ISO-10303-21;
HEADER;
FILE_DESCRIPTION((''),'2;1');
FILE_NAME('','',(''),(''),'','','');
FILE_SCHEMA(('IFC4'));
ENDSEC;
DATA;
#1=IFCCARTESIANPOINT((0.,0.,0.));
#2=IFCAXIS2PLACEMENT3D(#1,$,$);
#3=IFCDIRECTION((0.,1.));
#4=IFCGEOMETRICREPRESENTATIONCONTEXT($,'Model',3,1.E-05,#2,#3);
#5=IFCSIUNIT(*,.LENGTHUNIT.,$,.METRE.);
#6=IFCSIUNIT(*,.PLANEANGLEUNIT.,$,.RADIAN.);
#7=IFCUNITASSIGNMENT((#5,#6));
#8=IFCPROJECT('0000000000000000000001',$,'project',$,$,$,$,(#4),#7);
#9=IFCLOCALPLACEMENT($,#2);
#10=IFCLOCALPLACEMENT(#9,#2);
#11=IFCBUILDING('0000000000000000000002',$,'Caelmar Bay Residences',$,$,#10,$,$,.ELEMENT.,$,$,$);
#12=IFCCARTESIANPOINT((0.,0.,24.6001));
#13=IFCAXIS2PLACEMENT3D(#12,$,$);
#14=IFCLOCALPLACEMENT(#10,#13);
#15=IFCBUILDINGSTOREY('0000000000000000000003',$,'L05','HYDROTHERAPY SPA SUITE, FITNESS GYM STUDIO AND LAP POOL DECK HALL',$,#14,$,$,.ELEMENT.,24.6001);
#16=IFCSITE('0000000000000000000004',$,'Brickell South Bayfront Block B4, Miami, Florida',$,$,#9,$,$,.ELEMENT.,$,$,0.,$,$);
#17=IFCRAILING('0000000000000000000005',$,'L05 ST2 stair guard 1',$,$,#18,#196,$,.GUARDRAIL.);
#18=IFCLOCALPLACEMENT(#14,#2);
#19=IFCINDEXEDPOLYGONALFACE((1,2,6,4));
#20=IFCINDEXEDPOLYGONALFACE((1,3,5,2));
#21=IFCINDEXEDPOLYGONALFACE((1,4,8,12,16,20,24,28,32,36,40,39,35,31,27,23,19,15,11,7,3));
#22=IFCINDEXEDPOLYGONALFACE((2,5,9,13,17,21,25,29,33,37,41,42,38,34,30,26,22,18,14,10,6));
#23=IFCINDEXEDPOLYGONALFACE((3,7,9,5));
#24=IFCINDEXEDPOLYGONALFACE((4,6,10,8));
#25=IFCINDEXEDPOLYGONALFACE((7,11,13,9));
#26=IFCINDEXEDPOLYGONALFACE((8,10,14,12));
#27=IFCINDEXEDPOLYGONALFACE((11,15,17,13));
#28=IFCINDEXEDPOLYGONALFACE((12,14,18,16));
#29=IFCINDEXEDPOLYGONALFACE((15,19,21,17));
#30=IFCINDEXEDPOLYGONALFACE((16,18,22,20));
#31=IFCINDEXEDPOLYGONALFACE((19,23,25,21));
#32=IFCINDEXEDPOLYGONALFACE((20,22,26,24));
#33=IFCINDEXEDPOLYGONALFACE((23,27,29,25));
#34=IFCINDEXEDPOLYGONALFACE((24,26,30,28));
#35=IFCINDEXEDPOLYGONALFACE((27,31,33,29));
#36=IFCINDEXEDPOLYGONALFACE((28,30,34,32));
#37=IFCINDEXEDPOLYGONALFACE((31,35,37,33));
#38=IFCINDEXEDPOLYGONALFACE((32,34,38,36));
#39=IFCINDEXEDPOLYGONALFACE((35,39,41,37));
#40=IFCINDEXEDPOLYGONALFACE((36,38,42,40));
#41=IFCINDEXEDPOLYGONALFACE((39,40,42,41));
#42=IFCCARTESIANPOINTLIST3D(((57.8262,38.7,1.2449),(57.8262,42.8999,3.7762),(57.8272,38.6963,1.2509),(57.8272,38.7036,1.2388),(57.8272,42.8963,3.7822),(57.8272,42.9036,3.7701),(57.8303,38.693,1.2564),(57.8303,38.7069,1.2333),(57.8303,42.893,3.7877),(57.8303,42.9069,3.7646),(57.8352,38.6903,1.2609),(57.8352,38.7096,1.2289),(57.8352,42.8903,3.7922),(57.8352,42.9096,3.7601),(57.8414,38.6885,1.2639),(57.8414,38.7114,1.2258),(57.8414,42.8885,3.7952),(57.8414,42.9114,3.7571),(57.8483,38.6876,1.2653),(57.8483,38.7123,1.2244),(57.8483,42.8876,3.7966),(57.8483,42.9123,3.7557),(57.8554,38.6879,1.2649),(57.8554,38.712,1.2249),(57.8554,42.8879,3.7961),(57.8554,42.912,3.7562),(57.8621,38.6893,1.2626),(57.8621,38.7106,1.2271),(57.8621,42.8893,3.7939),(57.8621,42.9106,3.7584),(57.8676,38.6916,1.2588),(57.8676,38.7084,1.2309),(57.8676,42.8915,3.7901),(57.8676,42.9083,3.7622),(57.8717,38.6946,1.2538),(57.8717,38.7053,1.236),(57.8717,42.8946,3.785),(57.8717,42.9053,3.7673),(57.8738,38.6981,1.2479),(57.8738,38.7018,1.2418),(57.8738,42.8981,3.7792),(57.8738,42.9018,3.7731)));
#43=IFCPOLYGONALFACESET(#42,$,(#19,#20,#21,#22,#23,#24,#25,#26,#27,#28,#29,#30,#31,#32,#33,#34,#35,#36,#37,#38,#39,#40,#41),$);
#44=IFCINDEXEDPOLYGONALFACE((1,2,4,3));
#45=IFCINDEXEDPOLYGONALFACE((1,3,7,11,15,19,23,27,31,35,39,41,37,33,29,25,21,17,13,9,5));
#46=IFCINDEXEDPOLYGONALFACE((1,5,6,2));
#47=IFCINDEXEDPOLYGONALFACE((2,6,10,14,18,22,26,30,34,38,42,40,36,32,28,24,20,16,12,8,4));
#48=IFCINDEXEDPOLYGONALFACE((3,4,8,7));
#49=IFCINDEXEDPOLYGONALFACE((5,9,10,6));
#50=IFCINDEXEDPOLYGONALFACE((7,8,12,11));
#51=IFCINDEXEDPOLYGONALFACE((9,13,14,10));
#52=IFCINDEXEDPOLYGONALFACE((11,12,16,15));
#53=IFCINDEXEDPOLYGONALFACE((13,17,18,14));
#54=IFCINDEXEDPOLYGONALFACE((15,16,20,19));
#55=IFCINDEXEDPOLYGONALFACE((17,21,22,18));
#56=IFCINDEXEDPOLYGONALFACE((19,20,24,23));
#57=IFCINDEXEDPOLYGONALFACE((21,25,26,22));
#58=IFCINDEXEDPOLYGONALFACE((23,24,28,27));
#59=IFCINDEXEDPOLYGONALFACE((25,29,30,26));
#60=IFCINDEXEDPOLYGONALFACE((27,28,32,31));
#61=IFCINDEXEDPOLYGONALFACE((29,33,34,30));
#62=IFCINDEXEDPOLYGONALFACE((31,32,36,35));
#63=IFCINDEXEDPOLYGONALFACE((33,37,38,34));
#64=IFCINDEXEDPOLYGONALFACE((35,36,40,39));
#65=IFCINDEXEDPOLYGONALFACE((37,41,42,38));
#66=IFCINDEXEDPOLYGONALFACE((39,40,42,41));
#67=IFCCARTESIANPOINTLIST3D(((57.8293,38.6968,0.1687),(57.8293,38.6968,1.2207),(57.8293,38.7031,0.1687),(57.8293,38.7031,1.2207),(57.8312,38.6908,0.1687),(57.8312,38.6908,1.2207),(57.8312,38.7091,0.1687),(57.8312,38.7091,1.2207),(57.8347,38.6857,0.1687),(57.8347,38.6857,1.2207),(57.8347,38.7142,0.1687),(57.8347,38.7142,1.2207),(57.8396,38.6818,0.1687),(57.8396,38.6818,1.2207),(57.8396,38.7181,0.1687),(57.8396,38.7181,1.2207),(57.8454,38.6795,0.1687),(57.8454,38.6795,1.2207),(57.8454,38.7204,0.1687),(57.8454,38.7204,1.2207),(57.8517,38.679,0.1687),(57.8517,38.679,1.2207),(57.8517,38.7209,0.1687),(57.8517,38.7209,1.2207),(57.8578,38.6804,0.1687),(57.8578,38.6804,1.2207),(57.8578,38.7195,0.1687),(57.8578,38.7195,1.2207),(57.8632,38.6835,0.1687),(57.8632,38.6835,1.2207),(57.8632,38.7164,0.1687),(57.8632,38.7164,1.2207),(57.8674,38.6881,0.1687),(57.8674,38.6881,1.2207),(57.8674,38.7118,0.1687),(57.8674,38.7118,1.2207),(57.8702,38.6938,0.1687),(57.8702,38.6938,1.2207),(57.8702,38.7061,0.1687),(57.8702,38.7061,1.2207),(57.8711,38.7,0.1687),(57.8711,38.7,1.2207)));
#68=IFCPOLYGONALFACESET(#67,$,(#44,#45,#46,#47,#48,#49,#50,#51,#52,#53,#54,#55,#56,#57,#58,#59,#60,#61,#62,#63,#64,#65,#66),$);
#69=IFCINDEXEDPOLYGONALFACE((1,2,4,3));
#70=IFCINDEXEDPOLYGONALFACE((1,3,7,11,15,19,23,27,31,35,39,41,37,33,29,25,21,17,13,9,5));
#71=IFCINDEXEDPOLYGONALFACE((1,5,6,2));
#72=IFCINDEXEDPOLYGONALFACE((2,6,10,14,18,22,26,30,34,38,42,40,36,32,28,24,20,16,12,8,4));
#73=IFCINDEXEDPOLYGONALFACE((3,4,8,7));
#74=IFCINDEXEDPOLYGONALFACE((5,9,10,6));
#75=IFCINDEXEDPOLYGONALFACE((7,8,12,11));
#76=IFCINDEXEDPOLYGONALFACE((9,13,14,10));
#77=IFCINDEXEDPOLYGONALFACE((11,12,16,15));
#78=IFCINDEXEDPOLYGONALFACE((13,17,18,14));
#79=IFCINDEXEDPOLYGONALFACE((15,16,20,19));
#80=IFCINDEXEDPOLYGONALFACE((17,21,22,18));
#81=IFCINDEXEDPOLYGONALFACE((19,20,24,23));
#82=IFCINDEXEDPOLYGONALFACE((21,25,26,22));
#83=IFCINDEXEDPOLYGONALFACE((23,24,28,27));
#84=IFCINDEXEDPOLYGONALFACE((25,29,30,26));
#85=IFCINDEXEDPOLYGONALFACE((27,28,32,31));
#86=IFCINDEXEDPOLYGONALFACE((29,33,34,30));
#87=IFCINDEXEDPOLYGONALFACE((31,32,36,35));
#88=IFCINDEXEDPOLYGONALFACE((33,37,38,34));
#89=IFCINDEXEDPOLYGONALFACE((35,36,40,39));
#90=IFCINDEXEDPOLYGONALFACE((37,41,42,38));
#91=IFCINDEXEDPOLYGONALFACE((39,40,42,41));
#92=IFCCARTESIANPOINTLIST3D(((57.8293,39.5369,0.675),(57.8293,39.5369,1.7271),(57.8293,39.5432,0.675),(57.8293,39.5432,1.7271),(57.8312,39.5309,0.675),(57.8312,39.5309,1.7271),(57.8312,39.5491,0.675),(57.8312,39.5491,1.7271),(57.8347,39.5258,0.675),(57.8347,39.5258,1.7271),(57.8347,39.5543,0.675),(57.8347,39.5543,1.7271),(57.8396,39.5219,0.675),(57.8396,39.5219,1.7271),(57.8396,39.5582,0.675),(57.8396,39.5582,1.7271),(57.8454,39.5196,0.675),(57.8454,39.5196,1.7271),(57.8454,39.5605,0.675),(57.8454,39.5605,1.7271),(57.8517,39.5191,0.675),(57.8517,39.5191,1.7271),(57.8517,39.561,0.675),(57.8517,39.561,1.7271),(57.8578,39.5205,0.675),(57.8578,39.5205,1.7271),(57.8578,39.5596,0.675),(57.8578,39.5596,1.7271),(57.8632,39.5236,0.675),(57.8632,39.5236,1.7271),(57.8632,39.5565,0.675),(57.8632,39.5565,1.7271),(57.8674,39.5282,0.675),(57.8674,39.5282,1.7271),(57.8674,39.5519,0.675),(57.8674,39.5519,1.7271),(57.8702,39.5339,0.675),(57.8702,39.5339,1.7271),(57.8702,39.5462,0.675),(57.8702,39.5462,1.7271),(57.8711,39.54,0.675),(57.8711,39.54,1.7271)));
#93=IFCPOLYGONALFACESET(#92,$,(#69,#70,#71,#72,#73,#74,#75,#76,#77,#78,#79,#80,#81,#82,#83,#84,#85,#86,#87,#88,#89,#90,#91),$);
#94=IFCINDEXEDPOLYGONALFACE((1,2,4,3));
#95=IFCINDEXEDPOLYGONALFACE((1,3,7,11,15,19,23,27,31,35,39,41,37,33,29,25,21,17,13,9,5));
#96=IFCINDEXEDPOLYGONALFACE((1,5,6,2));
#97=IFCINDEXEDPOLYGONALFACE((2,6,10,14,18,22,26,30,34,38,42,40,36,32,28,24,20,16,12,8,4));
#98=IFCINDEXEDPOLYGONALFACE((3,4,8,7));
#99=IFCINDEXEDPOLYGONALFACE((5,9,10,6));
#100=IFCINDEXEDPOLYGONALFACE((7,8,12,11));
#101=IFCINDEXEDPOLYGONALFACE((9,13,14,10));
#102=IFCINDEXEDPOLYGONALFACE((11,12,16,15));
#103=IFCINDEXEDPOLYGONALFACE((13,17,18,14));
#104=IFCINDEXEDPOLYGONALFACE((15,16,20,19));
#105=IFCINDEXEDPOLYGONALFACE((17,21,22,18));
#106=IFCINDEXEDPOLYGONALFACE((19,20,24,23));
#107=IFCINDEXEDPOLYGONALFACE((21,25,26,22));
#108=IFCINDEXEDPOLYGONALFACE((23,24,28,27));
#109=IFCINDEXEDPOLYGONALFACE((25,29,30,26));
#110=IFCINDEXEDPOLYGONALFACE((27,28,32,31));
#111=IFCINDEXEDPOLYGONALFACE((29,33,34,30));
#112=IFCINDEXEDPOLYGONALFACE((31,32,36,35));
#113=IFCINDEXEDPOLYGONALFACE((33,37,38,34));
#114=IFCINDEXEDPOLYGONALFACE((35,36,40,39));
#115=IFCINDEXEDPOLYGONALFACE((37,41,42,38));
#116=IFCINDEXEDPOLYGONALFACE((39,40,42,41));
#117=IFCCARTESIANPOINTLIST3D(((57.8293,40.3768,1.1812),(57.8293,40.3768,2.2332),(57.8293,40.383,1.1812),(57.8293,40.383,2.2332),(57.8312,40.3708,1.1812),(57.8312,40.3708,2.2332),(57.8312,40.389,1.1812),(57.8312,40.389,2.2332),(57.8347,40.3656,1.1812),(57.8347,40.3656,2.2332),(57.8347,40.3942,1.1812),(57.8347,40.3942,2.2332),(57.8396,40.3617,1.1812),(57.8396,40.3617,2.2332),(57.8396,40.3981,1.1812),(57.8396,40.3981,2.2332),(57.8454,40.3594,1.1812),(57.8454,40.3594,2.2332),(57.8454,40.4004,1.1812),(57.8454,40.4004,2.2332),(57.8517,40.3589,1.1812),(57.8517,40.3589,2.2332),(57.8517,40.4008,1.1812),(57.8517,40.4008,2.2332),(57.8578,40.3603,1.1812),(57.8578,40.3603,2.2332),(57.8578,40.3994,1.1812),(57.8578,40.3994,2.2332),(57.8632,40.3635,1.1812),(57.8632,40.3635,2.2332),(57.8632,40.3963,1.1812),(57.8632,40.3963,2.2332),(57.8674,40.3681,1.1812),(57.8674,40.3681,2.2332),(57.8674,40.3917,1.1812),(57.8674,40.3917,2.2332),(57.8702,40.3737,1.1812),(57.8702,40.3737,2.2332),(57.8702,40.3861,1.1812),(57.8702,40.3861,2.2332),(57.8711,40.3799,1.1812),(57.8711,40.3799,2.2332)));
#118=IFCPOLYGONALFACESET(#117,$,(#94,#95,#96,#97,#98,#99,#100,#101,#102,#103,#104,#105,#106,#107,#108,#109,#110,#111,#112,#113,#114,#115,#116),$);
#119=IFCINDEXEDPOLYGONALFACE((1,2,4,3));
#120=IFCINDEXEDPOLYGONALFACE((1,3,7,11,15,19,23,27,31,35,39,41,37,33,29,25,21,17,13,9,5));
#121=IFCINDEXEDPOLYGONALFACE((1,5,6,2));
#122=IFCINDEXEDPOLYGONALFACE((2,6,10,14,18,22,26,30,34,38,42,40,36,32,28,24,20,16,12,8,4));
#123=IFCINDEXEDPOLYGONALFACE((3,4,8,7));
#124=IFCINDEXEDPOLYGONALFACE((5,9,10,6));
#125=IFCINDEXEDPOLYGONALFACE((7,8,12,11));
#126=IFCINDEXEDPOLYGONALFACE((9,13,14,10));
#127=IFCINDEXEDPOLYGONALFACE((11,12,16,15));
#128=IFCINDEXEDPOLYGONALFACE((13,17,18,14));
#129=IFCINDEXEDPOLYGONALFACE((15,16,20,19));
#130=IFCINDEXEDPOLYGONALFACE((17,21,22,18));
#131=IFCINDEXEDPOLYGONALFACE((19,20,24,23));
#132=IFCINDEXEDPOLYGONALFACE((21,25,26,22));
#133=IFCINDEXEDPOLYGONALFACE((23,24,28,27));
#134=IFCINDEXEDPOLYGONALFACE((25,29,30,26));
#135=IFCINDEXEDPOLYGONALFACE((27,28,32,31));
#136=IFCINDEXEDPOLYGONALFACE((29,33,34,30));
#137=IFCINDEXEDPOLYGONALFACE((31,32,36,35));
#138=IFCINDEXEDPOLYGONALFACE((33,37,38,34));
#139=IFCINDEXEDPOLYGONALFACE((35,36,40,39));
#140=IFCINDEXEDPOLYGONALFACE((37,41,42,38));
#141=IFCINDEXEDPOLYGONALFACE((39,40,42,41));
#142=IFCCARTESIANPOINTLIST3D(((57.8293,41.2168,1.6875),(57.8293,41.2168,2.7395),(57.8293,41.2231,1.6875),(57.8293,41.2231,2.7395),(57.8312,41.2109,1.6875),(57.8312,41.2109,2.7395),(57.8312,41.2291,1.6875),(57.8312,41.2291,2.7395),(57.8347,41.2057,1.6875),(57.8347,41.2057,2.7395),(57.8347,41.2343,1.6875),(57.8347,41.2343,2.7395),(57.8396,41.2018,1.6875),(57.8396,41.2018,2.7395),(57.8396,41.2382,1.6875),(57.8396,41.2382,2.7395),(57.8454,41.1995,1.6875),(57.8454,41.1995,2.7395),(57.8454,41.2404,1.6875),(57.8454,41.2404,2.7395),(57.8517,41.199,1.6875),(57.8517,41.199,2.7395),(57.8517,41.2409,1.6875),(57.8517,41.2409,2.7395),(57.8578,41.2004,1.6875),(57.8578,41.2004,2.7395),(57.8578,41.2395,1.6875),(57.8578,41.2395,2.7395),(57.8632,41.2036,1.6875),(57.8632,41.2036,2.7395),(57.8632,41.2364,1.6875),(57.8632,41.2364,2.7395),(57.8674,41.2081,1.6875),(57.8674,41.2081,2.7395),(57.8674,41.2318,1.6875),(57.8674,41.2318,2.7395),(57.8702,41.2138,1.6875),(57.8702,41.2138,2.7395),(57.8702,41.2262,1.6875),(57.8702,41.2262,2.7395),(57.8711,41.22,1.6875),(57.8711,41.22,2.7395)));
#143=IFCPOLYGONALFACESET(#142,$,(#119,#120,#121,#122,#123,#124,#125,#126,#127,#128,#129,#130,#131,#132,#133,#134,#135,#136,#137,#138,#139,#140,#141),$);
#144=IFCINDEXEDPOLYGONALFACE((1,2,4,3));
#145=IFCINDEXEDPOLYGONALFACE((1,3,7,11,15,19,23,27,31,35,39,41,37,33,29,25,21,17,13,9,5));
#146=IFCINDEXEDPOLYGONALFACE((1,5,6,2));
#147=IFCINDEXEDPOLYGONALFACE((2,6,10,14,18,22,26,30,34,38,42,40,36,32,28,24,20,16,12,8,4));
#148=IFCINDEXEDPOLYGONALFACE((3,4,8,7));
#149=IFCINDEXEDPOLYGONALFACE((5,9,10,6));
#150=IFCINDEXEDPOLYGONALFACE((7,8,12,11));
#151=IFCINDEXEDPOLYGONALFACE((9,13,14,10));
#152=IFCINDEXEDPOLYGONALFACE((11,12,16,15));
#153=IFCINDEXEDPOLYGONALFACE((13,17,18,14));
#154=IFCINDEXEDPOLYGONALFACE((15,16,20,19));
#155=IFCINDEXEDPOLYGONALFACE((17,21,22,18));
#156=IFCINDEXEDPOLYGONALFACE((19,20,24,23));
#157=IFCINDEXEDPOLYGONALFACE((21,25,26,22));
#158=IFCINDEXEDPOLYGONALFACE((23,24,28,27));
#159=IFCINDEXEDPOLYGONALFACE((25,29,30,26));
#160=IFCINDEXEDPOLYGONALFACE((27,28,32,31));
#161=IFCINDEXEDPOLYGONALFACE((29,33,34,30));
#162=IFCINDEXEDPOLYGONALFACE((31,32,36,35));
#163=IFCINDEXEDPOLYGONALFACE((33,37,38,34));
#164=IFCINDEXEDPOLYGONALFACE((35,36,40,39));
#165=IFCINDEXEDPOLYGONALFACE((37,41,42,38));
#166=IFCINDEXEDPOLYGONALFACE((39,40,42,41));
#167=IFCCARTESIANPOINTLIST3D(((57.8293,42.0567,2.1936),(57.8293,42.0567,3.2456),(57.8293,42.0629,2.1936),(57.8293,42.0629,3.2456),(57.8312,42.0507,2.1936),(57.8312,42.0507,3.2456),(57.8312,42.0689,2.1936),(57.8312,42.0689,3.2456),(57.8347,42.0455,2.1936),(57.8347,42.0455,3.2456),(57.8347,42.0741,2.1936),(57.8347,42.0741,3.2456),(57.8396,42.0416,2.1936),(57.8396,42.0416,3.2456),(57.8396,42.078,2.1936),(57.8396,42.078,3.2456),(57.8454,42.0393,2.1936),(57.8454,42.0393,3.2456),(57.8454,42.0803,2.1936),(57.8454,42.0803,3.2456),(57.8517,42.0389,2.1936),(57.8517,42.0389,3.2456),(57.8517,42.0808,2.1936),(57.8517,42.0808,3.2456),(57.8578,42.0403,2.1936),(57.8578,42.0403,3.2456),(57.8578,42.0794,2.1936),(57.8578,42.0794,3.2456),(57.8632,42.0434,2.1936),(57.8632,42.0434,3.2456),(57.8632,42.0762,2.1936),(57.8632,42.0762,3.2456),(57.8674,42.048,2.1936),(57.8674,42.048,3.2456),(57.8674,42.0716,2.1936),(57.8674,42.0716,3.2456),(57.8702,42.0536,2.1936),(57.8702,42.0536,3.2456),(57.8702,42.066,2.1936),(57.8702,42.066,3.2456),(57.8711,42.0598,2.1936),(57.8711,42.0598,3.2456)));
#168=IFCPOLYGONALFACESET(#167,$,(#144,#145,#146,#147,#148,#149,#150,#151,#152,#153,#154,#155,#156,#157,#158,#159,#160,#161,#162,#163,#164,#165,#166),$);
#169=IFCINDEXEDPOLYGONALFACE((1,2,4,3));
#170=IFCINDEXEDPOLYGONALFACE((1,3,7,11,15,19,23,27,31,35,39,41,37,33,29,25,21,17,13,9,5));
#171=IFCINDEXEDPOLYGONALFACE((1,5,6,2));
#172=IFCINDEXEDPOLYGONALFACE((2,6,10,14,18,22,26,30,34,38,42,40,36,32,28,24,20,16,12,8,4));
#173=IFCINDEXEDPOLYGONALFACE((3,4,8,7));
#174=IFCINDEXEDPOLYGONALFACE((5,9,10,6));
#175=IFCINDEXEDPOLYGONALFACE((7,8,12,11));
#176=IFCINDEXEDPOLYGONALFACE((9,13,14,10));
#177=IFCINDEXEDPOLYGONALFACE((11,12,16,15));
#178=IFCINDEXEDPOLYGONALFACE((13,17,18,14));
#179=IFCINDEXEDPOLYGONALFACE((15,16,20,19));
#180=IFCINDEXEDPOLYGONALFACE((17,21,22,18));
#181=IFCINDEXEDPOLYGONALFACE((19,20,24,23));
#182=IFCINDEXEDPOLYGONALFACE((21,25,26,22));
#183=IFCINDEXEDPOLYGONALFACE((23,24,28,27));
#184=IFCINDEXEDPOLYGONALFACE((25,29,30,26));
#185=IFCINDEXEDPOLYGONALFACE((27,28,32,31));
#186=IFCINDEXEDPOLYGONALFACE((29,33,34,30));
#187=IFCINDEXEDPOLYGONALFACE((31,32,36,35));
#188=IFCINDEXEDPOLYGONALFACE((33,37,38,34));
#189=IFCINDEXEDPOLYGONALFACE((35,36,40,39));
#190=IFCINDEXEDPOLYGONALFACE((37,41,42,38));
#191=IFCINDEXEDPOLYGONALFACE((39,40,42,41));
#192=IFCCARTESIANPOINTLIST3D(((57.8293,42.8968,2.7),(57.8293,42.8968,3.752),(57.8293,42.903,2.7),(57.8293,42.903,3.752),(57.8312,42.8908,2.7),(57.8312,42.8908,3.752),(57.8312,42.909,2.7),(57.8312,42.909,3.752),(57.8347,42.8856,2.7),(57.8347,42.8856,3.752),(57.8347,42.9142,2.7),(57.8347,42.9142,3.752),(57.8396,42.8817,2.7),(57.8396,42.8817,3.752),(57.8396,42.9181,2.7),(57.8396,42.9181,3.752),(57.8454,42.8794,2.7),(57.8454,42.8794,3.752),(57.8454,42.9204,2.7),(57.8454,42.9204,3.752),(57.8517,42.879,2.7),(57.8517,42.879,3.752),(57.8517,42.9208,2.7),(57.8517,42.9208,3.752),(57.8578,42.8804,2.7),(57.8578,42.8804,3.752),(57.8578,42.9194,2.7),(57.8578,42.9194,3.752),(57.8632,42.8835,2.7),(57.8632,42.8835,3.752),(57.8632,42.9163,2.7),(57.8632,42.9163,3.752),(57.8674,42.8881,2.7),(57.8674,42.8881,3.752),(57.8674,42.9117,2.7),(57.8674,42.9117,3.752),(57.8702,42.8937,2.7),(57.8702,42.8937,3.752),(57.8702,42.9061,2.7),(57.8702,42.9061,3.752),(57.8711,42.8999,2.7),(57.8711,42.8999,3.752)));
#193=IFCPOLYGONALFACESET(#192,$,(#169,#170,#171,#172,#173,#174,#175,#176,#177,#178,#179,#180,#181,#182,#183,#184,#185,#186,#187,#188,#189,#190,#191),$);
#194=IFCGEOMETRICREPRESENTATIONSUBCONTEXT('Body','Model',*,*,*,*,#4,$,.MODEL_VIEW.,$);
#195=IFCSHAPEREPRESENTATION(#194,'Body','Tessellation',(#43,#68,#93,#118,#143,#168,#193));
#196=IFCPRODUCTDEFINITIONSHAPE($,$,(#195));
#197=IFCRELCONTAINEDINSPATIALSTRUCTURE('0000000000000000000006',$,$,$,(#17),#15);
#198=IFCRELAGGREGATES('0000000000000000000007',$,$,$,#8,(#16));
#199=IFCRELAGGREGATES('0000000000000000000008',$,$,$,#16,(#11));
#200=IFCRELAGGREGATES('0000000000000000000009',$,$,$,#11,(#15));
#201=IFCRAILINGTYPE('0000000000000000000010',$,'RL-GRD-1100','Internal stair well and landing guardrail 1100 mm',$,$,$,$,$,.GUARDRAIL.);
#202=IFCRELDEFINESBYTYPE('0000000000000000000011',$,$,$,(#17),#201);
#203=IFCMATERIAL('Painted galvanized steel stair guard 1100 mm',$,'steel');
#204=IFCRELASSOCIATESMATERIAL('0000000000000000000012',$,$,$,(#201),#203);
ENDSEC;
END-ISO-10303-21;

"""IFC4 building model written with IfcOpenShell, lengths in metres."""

from ifc_helpers import new_model, si_unit, direction, frame, origin, origin_2d, place, context, subcontext, project, spatial, circle, extrude, material, type_object, element, save


model = new_model("IFC4")

# Units and contexts
model_context = context("Model", 3, precision=1e-05, world=origin(), true_north=direction((0.0, 1.0)))
body_context = subcontext(model_context, "Body", "Model", "MODEL_VIEW")
ifc_project = project(units=[si_unit("LENGTHUNIT", "METRE"), si_unit("PLANEANGLEUNIT", "RADIAN")], contexts=[model_context])

# Site, building, storey
site_placement = place(None, origin())
site = spatial("IfcSite", under=ifc_project, at=site_placement, Name="Brickell South Bayfront Block B4, Miami, Florida", CompositionType="ELEMENT", RefElevation=0.0)
building_placement = place(site_placement, origin())
building = spatial("IfcBuilding", under=site, at=building_placement, Name="Caelmar Bay Residences", CompositionType="ELEMENT")
storey_placement = place(building_placement, frame((0.0, 0.0, 24.6001)))
storey = spatial("IfcBuildingStorey", under=building, at=storey_placement, Name="L05", Description="HYDROTHERAPY SPA SUITE, FITNESS GYM STUDIO AND LAP POOL DECK HALL", CompositionType="ELEMENT", Elevation=24.6001)

# Railing
ifc_material_1 = material(Name="Painted galvanized steel stair guard 1100 mm", Category="steel")
railing_type_1 = type_object("IfcRailingType", Name="RL-GRD-1100", Description="Internal stair well and landing guardrail 1100 mm", PredefinedType="GUARDRAIL", material=ifc_material_1)
railing_1_placement = place(storey_placement, frame((57.8501, 38.7, 0.1687)))
element("IfcRailing", 1, at=railing_1_placement, inside=storey, type_object=railing_type_1, Name="L05 ST2 stair guard 1", PredefinedType="GUARDRAIL", context=body_context, shape_type="SweptSolid", body=[
    extrude(circle(Radius=0.0239, at=origin_2d()), frame((0.0, 0.0, 1.0762), z_axis=(0.0, 0.856476, 0.516186), x_axis=(-1.0, 0.0, 0.0)), (0.0, 0.0, 1.0), 4.9038),
    extrude(circle(Radius=0.021, at=origin_2d()), origin(), (0.0, 0.0, 1.0), 1.052),
    extrude(circle(Radius=0.021, at=origin_2d()), frame((0.0, 0.8401, 0.5063)), (0.0, 0.0, 1.0), 1.052),
    extrude(circle(Radius=0.021, at=origin_2d()), frame((0.0, 1.6799, 1.0125)), (0.0, 0.0, 1.0), 1.052),
    extrude(circle(Radius=0.021, at=origin_2d()), frame((0.0, 2.52, 1.5188)), (0.0, 0.0, 1.0), 1.052),
    extrude(circle(Radius=0.021, at=origin_2d()), frame((0.0, 3.3599, 2.0249)), (0.0, 0.0, 1.0), 1.052),
    extrude(circle(Radius=0.021, at=origin_2d()), frame((0.0, 4.2, 2.5312)), (0.0, 0.0, 1.0), 1.052),
])

save(model, "model.ifc")
